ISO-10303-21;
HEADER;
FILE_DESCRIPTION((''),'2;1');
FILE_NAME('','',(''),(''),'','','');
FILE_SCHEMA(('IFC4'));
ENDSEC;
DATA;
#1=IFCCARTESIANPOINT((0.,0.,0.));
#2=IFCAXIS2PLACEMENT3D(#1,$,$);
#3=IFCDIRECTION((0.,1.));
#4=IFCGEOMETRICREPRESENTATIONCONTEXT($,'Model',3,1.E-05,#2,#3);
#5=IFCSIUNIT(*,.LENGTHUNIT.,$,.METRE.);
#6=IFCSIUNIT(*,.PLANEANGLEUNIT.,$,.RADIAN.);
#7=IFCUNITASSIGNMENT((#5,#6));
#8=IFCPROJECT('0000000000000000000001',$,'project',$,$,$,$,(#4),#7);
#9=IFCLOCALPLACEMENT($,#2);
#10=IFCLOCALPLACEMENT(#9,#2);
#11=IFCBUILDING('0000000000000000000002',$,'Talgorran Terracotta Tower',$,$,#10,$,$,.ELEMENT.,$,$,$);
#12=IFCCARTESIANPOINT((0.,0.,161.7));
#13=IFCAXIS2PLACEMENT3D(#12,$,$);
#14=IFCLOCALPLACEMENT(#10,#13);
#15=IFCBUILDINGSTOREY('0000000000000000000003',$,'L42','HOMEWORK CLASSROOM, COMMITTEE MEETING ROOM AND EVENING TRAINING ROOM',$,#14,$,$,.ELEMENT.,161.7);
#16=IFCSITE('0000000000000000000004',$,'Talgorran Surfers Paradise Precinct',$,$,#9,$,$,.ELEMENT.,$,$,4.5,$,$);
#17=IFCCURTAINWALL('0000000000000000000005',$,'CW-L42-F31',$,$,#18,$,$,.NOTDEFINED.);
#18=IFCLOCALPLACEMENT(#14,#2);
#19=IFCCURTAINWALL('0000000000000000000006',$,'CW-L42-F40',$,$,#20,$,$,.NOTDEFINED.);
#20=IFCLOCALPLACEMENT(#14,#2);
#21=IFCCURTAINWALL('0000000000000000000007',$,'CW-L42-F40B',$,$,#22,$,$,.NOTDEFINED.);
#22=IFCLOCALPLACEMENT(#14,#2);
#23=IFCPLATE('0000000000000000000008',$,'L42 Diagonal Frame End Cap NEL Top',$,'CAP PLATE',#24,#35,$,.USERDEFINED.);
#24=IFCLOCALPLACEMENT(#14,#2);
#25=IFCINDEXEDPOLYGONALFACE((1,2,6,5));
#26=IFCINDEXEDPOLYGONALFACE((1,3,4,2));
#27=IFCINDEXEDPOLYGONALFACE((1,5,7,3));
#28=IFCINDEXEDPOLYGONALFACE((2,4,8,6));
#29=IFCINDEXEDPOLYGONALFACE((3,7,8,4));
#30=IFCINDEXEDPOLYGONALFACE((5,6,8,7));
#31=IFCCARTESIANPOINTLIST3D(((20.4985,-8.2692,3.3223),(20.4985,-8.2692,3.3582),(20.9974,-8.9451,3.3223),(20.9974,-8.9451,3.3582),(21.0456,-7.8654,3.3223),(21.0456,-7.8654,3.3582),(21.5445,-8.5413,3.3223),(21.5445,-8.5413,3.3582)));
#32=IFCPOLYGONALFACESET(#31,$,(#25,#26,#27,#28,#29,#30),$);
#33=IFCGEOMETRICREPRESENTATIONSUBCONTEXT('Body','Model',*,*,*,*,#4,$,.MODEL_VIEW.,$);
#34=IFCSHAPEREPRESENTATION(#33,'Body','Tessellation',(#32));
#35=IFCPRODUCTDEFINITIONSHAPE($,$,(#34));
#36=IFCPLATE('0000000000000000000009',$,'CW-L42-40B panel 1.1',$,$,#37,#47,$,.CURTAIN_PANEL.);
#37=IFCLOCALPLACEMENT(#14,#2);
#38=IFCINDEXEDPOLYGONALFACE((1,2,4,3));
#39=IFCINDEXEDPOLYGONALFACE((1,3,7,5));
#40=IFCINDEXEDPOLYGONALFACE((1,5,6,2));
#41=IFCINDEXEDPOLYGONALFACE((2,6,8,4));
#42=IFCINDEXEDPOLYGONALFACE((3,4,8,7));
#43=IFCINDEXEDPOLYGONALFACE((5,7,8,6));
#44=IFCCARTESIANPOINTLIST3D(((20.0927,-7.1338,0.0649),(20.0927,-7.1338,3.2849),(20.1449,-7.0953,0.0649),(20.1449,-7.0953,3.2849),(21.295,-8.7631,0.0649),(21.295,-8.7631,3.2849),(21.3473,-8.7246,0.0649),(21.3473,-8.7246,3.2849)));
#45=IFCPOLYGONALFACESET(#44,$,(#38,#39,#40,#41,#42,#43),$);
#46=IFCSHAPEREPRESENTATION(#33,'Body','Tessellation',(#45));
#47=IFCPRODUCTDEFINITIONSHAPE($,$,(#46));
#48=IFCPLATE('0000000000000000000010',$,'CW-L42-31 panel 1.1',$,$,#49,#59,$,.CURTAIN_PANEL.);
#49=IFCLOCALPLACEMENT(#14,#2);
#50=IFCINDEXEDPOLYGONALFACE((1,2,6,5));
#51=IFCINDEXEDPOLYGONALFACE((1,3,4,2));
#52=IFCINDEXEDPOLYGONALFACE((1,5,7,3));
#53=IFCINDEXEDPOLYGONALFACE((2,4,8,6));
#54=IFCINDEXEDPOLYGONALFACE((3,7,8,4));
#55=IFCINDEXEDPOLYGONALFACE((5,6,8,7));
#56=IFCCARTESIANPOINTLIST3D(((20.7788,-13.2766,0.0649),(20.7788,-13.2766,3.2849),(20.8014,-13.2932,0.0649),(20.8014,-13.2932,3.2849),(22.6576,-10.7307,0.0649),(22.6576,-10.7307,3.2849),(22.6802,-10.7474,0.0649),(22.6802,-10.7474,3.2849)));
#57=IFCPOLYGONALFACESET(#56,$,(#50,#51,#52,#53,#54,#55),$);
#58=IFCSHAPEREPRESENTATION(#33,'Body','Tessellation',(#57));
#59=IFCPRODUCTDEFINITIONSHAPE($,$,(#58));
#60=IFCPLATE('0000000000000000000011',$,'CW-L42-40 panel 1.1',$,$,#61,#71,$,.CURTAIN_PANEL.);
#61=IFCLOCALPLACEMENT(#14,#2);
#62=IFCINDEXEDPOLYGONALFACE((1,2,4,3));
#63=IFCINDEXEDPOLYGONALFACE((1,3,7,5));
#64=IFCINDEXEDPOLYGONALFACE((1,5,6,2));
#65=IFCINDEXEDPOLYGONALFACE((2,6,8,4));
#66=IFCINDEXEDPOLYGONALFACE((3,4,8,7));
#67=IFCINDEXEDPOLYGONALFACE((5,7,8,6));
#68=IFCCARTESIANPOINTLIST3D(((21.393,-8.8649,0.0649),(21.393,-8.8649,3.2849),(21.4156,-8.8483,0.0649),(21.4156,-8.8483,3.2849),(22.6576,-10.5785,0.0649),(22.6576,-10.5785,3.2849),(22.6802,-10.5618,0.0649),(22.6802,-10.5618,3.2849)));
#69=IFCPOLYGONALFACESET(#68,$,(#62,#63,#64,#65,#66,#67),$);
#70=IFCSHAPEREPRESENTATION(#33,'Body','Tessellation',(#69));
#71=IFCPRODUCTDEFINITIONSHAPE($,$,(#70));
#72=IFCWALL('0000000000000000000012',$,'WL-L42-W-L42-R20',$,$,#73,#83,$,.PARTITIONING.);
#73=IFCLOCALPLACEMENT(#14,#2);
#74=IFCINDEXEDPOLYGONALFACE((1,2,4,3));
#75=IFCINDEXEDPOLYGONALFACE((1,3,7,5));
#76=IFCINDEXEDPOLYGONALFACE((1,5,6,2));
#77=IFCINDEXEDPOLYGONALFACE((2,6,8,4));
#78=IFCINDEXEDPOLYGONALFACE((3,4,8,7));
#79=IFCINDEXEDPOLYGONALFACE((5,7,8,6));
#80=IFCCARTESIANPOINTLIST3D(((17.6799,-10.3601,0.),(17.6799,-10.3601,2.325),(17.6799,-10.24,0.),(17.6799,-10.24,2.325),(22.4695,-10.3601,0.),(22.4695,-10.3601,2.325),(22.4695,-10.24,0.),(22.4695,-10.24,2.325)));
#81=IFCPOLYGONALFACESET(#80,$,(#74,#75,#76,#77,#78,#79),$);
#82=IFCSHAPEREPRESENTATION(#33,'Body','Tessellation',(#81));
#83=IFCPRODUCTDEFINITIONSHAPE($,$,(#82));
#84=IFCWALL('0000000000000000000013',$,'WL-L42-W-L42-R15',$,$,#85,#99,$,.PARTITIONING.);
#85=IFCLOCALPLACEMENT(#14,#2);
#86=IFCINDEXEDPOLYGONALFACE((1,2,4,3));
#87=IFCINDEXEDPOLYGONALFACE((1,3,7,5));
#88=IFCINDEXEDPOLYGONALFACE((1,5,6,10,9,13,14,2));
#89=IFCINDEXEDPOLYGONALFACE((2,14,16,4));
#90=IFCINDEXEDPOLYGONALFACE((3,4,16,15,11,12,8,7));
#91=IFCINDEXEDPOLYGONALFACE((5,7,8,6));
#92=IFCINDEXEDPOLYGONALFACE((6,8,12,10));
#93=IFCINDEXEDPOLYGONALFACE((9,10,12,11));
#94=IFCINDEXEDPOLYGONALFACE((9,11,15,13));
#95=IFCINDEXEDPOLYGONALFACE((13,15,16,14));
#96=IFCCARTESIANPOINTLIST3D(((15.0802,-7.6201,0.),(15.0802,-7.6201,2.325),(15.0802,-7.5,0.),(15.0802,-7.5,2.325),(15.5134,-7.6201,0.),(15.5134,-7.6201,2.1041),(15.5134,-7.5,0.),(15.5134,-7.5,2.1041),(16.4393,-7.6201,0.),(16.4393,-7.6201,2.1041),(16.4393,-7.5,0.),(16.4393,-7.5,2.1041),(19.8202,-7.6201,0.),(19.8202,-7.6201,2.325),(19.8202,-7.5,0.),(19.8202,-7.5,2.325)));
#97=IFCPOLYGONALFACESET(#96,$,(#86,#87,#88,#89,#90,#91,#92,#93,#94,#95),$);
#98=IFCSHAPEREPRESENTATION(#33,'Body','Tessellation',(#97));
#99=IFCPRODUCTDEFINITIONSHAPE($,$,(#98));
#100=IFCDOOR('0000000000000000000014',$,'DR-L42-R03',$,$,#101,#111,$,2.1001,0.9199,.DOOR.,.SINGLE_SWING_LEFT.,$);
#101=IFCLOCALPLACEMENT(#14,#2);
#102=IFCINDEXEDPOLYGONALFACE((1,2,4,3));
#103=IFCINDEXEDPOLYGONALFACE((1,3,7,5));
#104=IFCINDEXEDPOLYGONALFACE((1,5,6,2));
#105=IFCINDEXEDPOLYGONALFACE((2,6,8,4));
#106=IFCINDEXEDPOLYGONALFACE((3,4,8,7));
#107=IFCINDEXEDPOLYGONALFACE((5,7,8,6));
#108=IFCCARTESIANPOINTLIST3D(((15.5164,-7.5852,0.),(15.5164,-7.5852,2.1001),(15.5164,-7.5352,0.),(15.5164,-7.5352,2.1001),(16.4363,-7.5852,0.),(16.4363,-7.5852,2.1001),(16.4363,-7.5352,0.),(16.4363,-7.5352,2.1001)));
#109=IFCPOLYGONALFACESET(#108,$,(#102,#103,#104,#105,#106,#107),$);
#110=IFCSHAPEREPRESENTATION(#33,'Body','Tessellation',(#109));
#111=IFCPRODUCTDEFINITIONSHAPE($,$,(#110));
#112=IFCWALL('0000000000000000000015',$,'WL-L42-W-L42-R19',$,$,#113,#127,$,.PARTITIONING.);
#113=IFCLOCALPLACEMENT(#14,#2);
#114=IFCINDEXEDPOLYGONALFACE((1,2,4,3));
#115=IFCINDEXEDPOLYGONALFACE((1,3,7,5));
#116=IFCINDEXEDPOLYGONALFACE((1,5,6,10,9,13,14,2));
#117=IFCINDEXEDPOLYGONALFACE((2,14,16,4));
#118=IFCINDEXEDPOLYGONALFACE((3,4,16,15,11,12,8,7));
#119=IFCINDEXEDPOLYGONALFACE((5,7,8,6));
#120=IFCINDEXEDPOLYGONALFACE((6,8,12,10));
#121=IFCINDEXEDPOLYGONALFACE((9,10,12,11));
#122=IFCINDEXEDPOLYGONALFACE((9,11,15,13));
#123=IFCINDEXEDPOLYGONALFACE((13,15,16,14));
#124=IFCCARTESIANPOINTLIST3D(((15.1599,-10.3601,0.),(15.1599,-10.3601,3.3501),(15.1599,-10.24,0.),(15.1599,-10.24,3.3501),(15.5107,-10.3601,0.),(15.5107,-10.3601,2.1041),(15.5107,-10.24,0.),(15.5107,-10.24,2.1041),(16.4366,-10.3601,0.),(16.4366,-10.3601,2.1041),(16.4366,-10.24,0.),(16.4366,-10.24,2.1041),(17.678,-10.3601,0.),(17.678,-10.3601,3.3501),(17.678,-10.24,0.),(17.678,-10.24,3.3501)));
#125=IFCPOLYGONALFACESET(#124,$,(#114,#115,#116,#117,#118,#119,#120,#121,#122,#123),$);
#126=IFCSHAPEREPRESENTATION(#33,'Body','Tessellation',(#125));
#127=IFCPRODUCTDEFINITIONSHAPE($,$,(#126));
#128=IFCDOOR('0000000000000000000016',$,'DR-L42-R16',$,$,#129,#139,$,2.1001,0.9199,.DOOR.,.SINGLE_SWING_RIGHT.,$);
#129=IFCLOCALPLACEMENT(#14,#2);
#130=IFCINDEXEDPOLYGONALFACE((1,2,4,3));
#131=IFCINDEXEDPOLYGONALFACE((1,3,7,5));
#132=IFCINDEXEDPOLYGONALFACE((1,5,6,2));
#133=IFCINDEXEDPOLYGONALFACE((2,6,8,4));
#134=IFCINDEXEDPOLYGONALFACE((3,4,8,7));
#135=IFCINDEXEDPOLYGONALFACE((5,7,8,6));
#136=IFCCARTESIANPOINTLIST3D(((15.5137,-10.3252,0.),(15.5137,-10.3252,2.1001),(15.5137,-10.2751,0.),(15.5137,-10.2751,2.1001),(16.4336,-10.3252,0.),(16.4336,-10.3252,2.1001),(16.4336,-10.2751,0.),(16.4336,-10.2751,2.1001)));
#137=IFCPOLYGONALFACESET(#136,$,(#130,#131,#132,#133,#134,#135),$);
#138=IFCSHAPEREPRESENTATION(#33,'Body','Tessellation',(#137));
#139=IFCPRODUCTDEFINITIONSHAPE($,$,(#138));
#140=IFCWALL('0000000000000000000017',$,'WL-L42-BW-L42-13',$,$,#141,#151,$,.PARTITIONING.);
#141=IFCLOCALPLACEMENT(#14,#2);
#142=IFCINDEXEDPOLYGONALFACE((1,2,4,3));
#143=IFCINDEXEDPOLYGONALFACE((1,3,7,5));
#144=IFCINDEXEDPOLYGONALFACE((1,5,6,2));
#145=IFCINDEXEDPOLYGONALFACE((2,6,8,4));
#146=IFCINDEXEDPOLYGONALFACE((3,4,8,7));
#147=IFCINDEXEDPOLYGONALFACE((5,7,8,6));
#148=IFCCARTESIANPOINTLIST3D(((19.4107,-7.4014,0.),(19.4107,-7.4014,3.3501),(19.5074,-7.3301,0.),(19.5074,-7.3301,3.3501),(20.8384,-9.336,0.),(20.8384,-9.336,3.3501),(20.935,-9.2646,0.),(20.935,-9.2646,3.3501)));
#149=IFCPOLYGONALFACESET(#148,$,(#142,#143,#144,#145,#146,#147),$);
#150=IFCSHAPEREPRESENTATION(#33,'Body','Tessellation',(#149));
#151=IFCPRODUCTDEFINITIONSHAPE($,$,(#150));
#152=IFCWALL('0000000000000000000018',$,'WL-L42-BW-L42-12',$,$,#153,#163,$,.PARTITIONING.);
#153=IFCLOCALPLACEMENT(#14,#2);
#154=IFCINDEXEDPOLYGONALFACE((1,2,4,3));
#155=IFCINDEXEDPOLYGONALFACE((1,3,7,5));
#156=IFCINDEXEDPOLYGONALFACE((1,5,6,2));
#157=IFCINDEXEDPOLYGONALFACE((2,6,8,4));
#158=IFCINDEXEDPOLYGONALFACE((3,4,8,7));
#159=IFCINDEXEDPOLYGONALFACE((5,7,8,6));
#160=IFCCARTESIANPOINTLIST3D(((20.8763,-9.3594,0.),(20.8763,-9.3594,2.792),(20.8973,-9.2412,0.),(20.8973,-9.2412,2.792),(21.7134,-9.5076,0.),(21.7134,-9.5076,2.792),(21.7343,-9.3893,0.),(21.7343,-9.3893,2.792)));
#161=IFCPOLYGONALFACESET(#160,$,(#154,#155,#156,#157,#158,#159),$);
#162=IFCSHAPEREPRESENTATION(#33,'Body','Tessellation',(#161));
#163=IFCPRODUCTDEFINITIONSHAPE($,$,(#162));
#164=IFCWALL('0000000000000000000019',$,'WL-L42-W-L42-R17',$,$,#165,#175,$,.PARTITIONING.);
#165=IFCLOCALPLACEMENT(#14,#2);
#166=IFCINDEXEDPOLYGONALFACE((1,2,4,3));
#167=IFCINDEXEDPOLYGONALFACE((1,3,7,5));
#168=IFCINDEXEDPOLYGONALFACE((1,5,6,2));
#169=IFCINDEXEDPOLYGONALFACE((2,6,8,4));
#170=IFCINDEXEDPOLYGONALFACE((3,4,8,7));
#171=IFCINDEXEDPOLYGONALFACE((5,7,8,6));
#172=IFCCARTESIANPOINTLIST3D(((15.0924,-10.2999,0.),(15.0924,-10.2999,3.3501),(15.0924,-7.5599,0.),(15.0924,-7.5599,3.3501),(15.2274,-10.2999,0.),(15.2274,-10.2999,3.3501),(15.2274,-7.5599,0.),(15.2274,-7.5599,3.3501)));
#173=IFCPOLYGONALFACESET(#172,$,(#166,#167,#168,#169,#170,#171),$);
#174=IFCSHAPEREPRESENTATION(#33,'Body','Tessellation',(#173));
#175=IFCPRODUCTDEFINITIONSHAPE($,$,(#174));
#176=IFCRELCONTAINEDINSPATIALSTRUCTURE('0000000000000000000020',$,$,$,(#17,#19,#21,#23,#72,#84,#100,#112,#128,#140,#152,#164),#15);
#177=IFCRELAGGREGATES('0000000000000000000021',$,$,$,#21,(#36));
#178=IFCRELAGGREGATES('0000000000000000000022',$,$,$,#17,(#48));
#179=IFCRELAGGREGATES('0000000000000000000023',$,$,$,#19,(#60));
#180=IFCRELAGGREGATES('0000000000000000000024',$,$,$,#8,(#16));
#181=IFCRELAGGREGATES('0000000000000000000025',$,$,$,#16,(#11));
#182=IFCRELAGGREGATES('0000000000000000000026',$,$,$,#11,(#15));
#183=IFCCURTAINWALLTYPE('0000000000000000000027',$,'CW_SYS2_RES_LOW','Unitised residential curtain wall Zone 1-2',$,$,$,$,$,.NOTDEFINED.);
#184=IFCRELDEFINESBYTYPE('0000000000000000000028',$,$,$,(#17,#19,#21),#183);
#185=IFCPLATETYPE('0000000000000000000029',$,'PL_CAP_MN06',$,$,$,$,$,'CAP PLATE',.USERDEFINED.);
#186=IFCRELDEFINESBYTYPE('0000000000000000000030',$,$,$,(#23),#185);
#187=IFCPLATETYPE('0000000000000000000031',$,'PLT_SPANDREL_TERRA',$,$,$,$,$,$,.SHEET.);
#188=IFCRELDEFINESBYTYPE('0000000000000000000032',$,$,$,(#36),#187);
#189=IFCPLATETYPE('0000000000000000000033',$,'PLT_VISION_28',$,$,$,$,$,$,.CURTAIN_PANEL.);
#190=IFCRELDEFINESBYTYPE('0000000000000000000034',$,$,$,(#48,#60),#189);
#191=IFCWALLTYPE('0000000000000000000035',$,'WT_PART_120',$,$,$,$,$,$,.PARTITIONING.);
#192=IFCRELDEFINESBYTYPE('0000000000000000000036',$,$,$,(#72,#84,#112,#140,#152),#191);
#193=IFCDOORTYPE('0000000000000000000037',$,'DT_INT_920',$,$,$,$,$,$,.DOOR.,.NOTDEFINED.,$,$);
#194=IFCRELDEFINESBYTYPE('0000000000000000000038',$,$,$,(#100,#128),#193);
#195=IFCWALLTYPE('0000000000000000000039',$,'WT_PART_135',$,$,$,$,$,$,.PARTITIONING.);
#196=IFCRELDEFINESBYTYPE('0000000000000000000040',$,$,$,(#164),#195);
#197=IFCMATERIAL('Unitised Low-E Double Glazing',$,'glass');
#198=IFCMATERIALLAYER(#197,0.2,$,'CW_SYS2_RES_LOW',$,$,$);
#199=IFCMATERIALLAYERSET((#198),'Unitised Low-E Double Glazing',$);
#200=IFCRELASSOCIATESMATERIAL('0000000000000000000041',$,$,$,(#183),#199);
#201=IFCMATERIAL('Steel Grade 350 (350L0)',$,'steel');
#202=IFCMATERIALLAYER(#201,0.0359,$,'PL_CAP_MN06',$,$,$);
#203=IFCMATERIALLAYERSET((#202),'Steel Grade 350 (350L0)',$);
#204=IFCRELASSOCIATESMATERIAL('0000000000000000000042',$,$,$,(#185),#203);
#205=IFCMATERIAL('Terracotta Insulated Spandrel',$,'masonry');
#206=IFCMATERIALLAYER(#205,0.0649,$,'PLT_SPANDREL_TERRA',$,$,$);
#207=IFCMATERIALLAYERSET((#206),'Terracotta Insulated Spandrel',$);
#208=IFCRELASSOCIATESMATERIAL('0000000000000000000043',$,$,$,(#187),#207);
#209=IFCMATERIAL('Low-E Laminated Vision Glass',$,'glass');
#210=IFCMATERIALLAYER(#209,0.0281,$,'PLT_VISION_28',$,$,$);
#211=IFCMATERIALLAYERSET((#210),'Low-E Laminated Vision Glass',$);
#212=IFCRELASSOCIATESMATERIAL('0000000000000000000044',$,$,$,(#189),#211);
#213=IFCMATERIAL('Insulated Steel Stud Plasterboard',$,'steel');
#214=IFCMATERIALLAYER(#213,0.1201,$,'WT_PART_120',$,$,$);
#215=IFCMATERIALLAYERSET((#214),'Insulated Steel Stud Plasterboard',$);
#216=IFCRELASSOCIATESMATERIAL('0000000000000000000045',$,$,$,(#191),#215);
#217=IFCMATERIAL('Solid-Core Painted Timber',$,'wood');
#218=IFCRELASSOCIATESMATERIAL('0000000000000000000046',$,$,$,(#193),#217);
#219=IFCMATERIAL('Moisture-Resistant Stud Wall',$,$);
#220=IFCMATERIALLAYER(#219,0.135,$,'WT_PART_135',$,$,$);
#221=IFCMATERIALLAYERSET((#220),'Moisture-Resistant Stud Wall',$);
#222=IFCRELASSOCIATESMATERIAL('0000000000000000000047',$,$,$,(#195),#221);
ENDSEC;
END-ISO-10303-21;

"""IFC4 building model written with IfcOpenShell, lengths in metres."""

from ifc_helpers import new_model, si_unit, direction, frame, frame_2d, origin, origin_2d, place, context, subcontext, project, spatial, rectangle, extrude, source, transform, mapped, material, layer, layer_set, type_object, type_shapes, element, fill, aggregate, save


model = new_model("IFC4")

# Units and contexts
model_context = context("Model", 3, precision=1e-05, world=origin(), true_north=direction((0.0, 1.0)))
body_context = subcontext(model_context, "Body", "Model", "MODEL_VIEW")
ifc_project = project(units=[si_unit("LENGTHUNIT", "METRE"), si_unit("PLANEANGLEUNIT", "RADIAN")], contexts=[model_context])

# Site, building, storey
site_placement = place(None, origin())
site = spatial("IfcSite", under=ifc_project, at=site_placement, Name="Talgorran Surfers Paradise Precinct", CompositionType="ELEMENT", RefElevation=4.5)
building_placement = place(site_placement, origin())
building = spatial("IfcBuilding", under=site, at=building_placement, Name="Talgorran Terracotta Tower", CompositionType="ELEMENT")
storey_placement = place(building_placement, frame((0.0, 0.0, 161.7)))
storey = spatial("IfcBuildingStorey", under=building, at=storey_placement, Name="L42", Description="HOMEWORK CLASSROOM, COMMITTEE MEETING ROOM AND EVENING TRAINING ROOM", CompositionType="ELEMENT", Elevation=161.7)

# Shared definitions
ifc_material_1 = material(Name="Steel Grade 350 (350L0)", Category="steel")

# Curtain wall
ifc_material_2 = material(Name="Unitised Low-E Double Glazing", Category="glass")
ifc_layer_1 = layer(ifc_material_2, 0.2, Name="CW_SYS2_RES_LOW")
ifc_layer_set_1 = layer_set([ifc_layer_1], Name="Unitised Low-E Double Glazing")
curtain_wall_type = type_object("IfcCurtainWallType", Name="CW_SYS2_RES_LOW", Description="Unitised residential curtain wall Zone 1-2", PredefinedType="NOTDEFINED", material=ifc_layer_set_1)
curtain_wall_1_placement = place(storey_placement, origin())
curtain_wall_1 = element("IfcCurtainWall", 1, at=curtain_wall_1_placement, inside=storey, type_object=curtain_wall_type, Name="CW-L42-F31", PredefinedType="NOTDEFINED")

# Curtain wall
curtain_wall_2_placement = place(storey_placement, origin())
curtain_wall_2 = element("IfcCurtainWall", 2, at=curtain_wall_2_placement, inside=storey, type_object=curtain_wall_type, Name="CW-L42-F40", PredefinedType="NOTDEFINED")

# Curtain wall
curtain_wall_3_placement = place(storey_placement, origin())
curtain_wall_3 = element("IfcCurtainWall", 3, at=curtain_wall_3_placement, inside=storey, type_object=curtain_wall_type, Name="CW-L42-F40B", PredefinedType="NOTDEFINED")

# Plate
ifc_layer_2 = layer(ifc_material_1, 0.0359, Name="PL_CAP_MN06")
ifc_layer_set_2 = layer_set([ifc_layer_2], Name="Steel Grade 350 (350L0)")
plate_type_1 = type_object("IfcPlateType", Name="PL_CAP_MN06", ElementType="CAP PLATE", PredefinedType="USERDEFINED", material=ifc_layer_set_2)
for number, where, z_axis, x_axis, name in (
    (4, (21.0215, -8.4053, 3.3223), (0.0, 0.0, 1.0), (0.59384, -0.804583, 0.0), "L42 Diagonal Frame End Cap NEL Top"),
):
    element("IfcPlate", number, at=place(storey_placement, frame(where, z_axis=z_axis, x_axis=x_axis)), inside=storey, type_object=plate_type_1, Name=name, ObjectType="CAP PLATE", PredefinedType="USERDEFINED", context=body_context, shape_type="SweptSolid", body=[
        extrude(rectangle(XDim=0.8401, YDim=0.6799, at=origin_2d()), origin(), (0.0, 0.0, 1.0), 0.0359),
    ])

# Plates
ifc_material_3 = material(Name="Terracotta Insulated Spandrel", Category="masonry")
ifc_layer_3 = layer(ifc_material_3, 0.0649, Name="PLT_SPANDREL_TERRA")
ifc_layer_set_3 = layer_set([ifc_layer_3], Name="Terracotta Insulated Spandrel")
plate_type_2 = type_object("IfcPlateType", Name="PLT_SPANDREL_TERRA", PredefinedType="SHEET", material=ifc_layer_set_3)
shared_shape_1 = source(origin(), body_context, "Body", "SweptSolid", [
    extrude(rectangle(XDim=2.0249, YDim=0.0649, at=origin_2d()), origin(), (0.0, 0.0, 1.0), 3.22),
])
type_shapes(plate_type_2, [shared_shape_1])
plate_1_placement = place(storey_placement, frame((20.72, -7.9292, 0.0649), z_axis=(0.0, 0.0, 1.0), x_axis=(-0.593789, 0.804621, 0.0)))
plate_1 = element("IfcPlate", 5, at=plate_1_placement, type_object=plate_type_2, Name="CW-L42-40B panel 1.1", PredefinedType="CURTAIN_PANEL", context=body_context, shape_type="MappedRepresentation", body=[
    mapped(shared_shape_1, transform((0.0, 0.0, 0.0), scale=1.0)),
])
aggregate(curtain_wall_3, [plate_1])
ifc_material_4 = material(Name="Low-E Laminated Vision Glass", Category="glass")
ifc_layer_4 = layer(ifc_material_4, 0.0281, Name="PLT_VISION_28")
ifc_layer_set_4 = layer_set([ifc_layer_4], Name="Low-E Laminated Vision Glass")
plate_type_3 = type_object("IfcPlateType", Name="PLT_VISION_28", PredefinedType="CURTAIN_PANEL", material=ifc_layer_set_4)
shared_shape_2 = source(origin(), body_context, "Body", "SweptSolid", [
    extrude(rectangle(XDim=3.1641, YDim=0.0281, at=origin_2d()), origin(), (0.0, 0.0, 1.0), 3.22),
])
plate_2_placement = place(storey_placement, frame((21.7295, -12.012, 0.0649), z_axis=(0.0, 0.0, 1.0), x_axis=(0.593789, 0.804621, 0.0)))
plate_2 = element("IfcPlate", 6, at=plate_2_placement, type_object=plate_type_3, Name="CW-L42-31 panel 1.1", PredefinedType="CURTAIN_PANEL", context=body_context, shape_type="MappedRepresentation", body=[
    mapped(shared_shape_2, transform((0.0, 0.0, 0.0), scale=1.0)),
])
aggregate(curtain_wall_1, [plate_2])
shared_shape_3 = source(origin(), body_context, "Body", "SweptSolid", [
    extrude(rectangle(XDim=2.1296, YDim=0.0281, at=origin_2d()), origin(), (0.0, 0.0, 1.0), 3.22),
])
type_shapes(plate_type_3, [shared_shape_2, shared_shape_3])
plate_3_placement = place(storey_placement, frame((22.0366, -9.7134, 0.0649), z_axis=(0.0, 0.0, 1.0), x_axis=(-0.593794, 0.804617, 0.0)))
plate_3 = element("IfcPlate", 7, at=plate_3_placement, type_object=plate_type_3, Name="CW-L42-40 panel 1.1", PredefinedType="CURTAIN_PANEL", context=body_context, shape_type="MappedRepresentation", body=[
    mapped(shared_shape_3, transform((0.0, 0.0, 0.0), scale=1.0)),
])
aggregate(curtain_wall_2, [plate_3])

# Wall
ifc_material_5 = material(Name="Insulated Steel Stud Plasterboard", Category="steel")
ifc_layer_5 = layer(ifc_material_5, 0.1201, Name="WT_PART_120")
ifc_layer_set_5 = layer_set([ifc_layer_5], Name="Insulated Steel Stud Plasterboard")
wall_type_1 = type_object("IfcWallType", Name="WT_PART_120", PredefinedType="PARTITIONING", material=ifc_layer_set_5)
wall_1_placement = place(storey_placement, frame((17.6799, -10.3, 0.0), z_axis=(0.0, 0.0, 1.0), x_axis=(1.0, 0.0, 0.0)))
element("IfcWall", 8, at=wall_1_placement, inside=storey, type_object=wall_type_1, Name="WL-L42-W-L42-R20", PredefinedType="PARTITIONING", context=body_context, shape_type="SweptSolid", body=[
    extrude(rectangle(XDim=4.7896, YDim=0.1201, at=frame_2d((2.3948, 0.0))), origin(), (0.0, 0.0, 1.0), 2.325),
])

# Walls, openings, doors
wall_2_placement = place(storey_placement, frame((15.0801, -7.5601, 0.0), z_axis=(0.0, 0.0, 1.0), x_axis=(1.0, 0.0, 0.0)))
wall_2 = element("IfcWall", 9, at=wall_2_placement, inside=storey, type_object=wall_type_1, Name="WL-L42-W-L42-R15", PredefinedType="PARTITIONING", context=body_context, shape_type="SweptSolid", body=[
    extrude(rectangle(XDim=4.74, YDim=0.1201, at=frame_2d((2.3701, 0.0))), origin(), (0.0, 0.0, 1.0), 2.325),
])
opening_1_placement = place(wall_2_placement, frame((0.4363, 0.0, 0.0)))
opening_1 = element("IfcOpeningElement", 10, at=opening_1_placement, cuts=wall_2, PredefinedType="OPENING", context=body_context, shape_type="SweptSolid", body=[
    extrude(rectangle(XDim=0.9259, YDim=2.1041, at=frame_2d((0.46, 1.052))), frame((0.0, 0.0701, 0.0), z_axis=(0.0, -1.0, 0.0), x_axis=(1.0, 0.0, 0.0)), (0.0, 0.0, 1.0), 0.1401),
])
ifc_material_6 = material(Name="Solid-Core Painted Timber", Category="wood")
door_type = type_object("IfcDoorType", Name="DT_INT_920", OperationType="NOTDEFINED", PredefinedType="DOOR", material=ifc_material_6)
door_1_placement = place(opening_1_placement, origin())
door_1 = element("IfcDoor", 11, at=door_1_placement, inside=storey, type_object=door_type, Name="DR-L42-R03", OperationType="SINGLE_SWING_LEFT", OverallHeight=2.1001, OverallWidth=0.9199, PredefinedType="DOOR", context=body_context, shape_type="SweptSolid", body=[
    extrude(rectangle(XDim=0.9199, YDim=2.1001, at=frame_2d((0.46, 1.05))), frame((0.0, 0.0249, 0.0), z_axis=(0.0, -1.0, 0.0), x_axis=(1.0, 0.0, 0.0)), (0.0, 0.0, 1.0), 0.05),
])
fill(opening_1, door_1)
wall_3_placement = place(storey_placement, frame((15.1599, -10.3, 0.0), z_axis=(0.0, 0.0, 1.0), x_axis=(1.0, 0.0, 0.0)))
wall_3 = element("IfcWall", 12, at=wall_3_placement, inside=storey, type_object=wall_type_1, Name="WL-L42-W-L42-R19", PredefinedType="PARTITIONING", context=body_context, shape_type="SweptSolid", body=[
    extrude(rectangle(XDim=2.5181, YDim=0.1201, at=frame_2d((1.259, 0.0))), origin(), (0.0, 0.0, 1.0), 3.3501),
])
opening_2_placement = place(wall_3_placement, frame((0.3538, 0.0, 0.0)))
opening_2 = element("IfcOpeningElement", 13, at=opening_2_placement, cuts=wall_3, PredefinedType="OPENING", context=body_context, shape_type="SweptSolid", body=[
    extrude(rectangle(XDim=0.9259, YDim=2.1041, at=frame_2d((0.46, 1.052))), frame((0.0, 0.0701, 0.0), z_axis=(0.0, -1.0, 0.0), x_axis=(1.0, 0.0, 0.0)), (0.0, 0.0, 1.0), 0.1401),
])
door_2_placement = place(opening_2_placement, origin())
door_2 = element("IfcDoor", 14, at=door_2_placement, inside=storey, type_object=door_type, Name="DR-L42-R16", OperationType="SINGLE_SWING_RIGHT", OverallHeight=2.1001, OverallWidth=0.9199, PredefinedType="DOOR", context=body_context, shape_type="SweptSolid", body=[
    extrude(rectangle(XDim=0.9199, YDim=2.1001, at=frame_2d((0.46, 1.05))), frame((0.0, 0.0249, 0.0), z_axis=(0.0, -1.0, 0.0), x_axis=(1.0, 0.0, 0.0)), (0.0, 0.0, 1.0), 0.05),
])
fill(opening_2, door_2)

# Walls
wall_4_placement = place(storey_placement, frame((20.8867, -9.3003, 0.0), z_axis=(0.0, 0.0, 1.0), x_axis=(-0.593808, 0.804606, 0.0)))
element("IfcWall", 15, at=wall_4_placement, inside=storey, type_object=wall_type_1, Name="WL-L42-BW-L42-13", PredefinedType="PARTITIONING", context=body_context, shape_type="SweptSolid", body=[
    extrude(rectangle(XDim=2.4043, YDim=0.1201, at=frame_2d((1.2021, 0.0))), origin(), (0.0, 0.0, 1.0), 3.3501),
])
wall_5_placement = place(storey_placement, frame((21.7239, -9.4485, 0.0), z_axis=(0.0, 0.0, 1.0), x_axis=(-0.984691, 0.17431, 0.0)))
element("IfcWall", 16, at=wall_5_placement, inside=storey, type_object=wall_type_1, Name="WL-L42-BW-L42-12", PredefinedType="PARTITIONING", context=body_context, shape_type="SweptSolid", body=[
    extrude(rectangle(XDim=0.8501, YDim=0.1201, at=frame_2d((0.425, 0.0))), origin(), (0.0, 0.0, 1.0), 2.792),
])
ifc_material_7 = material(Name="Moisture-Resistant Stud Wall")
ifc_layer_6 = layer(ifc_material_7, 0.135, Name="WT_PART_135")
ifc_layer_set_6 = layer_set([ifc_layer_6], Name="Moisture-Resistant Stud Wall")
wall_type_2 = type_object("IfcWallType", Name="WT_PART_135", PredefinedType="PARTITIONING", material=ifc_layer_set_6)
wall_6_placement = place(storey_placement, frame((15.1599, -10.3, 0.0), z_axis=(0.0, 0.0, 1.0), x_axis=(0.0, 1.0, 0.0)))
element("IfcWall", 17, at=wall_6_placement, inside=storey, type_object=wall_type_2, Name="WL-L42-W-L42-R17", PredefinedType="PARTITIONING", context=body_context, shape_type="SweptSolid", body=[
    extrude(rectangle(XDim=2.74, YDim=0.135, at=frame_2d((1.3701, 0.0))), origin(), (0.0, 0.0, 1.0), 3.3501),
])

save(model, "model.ifc")
